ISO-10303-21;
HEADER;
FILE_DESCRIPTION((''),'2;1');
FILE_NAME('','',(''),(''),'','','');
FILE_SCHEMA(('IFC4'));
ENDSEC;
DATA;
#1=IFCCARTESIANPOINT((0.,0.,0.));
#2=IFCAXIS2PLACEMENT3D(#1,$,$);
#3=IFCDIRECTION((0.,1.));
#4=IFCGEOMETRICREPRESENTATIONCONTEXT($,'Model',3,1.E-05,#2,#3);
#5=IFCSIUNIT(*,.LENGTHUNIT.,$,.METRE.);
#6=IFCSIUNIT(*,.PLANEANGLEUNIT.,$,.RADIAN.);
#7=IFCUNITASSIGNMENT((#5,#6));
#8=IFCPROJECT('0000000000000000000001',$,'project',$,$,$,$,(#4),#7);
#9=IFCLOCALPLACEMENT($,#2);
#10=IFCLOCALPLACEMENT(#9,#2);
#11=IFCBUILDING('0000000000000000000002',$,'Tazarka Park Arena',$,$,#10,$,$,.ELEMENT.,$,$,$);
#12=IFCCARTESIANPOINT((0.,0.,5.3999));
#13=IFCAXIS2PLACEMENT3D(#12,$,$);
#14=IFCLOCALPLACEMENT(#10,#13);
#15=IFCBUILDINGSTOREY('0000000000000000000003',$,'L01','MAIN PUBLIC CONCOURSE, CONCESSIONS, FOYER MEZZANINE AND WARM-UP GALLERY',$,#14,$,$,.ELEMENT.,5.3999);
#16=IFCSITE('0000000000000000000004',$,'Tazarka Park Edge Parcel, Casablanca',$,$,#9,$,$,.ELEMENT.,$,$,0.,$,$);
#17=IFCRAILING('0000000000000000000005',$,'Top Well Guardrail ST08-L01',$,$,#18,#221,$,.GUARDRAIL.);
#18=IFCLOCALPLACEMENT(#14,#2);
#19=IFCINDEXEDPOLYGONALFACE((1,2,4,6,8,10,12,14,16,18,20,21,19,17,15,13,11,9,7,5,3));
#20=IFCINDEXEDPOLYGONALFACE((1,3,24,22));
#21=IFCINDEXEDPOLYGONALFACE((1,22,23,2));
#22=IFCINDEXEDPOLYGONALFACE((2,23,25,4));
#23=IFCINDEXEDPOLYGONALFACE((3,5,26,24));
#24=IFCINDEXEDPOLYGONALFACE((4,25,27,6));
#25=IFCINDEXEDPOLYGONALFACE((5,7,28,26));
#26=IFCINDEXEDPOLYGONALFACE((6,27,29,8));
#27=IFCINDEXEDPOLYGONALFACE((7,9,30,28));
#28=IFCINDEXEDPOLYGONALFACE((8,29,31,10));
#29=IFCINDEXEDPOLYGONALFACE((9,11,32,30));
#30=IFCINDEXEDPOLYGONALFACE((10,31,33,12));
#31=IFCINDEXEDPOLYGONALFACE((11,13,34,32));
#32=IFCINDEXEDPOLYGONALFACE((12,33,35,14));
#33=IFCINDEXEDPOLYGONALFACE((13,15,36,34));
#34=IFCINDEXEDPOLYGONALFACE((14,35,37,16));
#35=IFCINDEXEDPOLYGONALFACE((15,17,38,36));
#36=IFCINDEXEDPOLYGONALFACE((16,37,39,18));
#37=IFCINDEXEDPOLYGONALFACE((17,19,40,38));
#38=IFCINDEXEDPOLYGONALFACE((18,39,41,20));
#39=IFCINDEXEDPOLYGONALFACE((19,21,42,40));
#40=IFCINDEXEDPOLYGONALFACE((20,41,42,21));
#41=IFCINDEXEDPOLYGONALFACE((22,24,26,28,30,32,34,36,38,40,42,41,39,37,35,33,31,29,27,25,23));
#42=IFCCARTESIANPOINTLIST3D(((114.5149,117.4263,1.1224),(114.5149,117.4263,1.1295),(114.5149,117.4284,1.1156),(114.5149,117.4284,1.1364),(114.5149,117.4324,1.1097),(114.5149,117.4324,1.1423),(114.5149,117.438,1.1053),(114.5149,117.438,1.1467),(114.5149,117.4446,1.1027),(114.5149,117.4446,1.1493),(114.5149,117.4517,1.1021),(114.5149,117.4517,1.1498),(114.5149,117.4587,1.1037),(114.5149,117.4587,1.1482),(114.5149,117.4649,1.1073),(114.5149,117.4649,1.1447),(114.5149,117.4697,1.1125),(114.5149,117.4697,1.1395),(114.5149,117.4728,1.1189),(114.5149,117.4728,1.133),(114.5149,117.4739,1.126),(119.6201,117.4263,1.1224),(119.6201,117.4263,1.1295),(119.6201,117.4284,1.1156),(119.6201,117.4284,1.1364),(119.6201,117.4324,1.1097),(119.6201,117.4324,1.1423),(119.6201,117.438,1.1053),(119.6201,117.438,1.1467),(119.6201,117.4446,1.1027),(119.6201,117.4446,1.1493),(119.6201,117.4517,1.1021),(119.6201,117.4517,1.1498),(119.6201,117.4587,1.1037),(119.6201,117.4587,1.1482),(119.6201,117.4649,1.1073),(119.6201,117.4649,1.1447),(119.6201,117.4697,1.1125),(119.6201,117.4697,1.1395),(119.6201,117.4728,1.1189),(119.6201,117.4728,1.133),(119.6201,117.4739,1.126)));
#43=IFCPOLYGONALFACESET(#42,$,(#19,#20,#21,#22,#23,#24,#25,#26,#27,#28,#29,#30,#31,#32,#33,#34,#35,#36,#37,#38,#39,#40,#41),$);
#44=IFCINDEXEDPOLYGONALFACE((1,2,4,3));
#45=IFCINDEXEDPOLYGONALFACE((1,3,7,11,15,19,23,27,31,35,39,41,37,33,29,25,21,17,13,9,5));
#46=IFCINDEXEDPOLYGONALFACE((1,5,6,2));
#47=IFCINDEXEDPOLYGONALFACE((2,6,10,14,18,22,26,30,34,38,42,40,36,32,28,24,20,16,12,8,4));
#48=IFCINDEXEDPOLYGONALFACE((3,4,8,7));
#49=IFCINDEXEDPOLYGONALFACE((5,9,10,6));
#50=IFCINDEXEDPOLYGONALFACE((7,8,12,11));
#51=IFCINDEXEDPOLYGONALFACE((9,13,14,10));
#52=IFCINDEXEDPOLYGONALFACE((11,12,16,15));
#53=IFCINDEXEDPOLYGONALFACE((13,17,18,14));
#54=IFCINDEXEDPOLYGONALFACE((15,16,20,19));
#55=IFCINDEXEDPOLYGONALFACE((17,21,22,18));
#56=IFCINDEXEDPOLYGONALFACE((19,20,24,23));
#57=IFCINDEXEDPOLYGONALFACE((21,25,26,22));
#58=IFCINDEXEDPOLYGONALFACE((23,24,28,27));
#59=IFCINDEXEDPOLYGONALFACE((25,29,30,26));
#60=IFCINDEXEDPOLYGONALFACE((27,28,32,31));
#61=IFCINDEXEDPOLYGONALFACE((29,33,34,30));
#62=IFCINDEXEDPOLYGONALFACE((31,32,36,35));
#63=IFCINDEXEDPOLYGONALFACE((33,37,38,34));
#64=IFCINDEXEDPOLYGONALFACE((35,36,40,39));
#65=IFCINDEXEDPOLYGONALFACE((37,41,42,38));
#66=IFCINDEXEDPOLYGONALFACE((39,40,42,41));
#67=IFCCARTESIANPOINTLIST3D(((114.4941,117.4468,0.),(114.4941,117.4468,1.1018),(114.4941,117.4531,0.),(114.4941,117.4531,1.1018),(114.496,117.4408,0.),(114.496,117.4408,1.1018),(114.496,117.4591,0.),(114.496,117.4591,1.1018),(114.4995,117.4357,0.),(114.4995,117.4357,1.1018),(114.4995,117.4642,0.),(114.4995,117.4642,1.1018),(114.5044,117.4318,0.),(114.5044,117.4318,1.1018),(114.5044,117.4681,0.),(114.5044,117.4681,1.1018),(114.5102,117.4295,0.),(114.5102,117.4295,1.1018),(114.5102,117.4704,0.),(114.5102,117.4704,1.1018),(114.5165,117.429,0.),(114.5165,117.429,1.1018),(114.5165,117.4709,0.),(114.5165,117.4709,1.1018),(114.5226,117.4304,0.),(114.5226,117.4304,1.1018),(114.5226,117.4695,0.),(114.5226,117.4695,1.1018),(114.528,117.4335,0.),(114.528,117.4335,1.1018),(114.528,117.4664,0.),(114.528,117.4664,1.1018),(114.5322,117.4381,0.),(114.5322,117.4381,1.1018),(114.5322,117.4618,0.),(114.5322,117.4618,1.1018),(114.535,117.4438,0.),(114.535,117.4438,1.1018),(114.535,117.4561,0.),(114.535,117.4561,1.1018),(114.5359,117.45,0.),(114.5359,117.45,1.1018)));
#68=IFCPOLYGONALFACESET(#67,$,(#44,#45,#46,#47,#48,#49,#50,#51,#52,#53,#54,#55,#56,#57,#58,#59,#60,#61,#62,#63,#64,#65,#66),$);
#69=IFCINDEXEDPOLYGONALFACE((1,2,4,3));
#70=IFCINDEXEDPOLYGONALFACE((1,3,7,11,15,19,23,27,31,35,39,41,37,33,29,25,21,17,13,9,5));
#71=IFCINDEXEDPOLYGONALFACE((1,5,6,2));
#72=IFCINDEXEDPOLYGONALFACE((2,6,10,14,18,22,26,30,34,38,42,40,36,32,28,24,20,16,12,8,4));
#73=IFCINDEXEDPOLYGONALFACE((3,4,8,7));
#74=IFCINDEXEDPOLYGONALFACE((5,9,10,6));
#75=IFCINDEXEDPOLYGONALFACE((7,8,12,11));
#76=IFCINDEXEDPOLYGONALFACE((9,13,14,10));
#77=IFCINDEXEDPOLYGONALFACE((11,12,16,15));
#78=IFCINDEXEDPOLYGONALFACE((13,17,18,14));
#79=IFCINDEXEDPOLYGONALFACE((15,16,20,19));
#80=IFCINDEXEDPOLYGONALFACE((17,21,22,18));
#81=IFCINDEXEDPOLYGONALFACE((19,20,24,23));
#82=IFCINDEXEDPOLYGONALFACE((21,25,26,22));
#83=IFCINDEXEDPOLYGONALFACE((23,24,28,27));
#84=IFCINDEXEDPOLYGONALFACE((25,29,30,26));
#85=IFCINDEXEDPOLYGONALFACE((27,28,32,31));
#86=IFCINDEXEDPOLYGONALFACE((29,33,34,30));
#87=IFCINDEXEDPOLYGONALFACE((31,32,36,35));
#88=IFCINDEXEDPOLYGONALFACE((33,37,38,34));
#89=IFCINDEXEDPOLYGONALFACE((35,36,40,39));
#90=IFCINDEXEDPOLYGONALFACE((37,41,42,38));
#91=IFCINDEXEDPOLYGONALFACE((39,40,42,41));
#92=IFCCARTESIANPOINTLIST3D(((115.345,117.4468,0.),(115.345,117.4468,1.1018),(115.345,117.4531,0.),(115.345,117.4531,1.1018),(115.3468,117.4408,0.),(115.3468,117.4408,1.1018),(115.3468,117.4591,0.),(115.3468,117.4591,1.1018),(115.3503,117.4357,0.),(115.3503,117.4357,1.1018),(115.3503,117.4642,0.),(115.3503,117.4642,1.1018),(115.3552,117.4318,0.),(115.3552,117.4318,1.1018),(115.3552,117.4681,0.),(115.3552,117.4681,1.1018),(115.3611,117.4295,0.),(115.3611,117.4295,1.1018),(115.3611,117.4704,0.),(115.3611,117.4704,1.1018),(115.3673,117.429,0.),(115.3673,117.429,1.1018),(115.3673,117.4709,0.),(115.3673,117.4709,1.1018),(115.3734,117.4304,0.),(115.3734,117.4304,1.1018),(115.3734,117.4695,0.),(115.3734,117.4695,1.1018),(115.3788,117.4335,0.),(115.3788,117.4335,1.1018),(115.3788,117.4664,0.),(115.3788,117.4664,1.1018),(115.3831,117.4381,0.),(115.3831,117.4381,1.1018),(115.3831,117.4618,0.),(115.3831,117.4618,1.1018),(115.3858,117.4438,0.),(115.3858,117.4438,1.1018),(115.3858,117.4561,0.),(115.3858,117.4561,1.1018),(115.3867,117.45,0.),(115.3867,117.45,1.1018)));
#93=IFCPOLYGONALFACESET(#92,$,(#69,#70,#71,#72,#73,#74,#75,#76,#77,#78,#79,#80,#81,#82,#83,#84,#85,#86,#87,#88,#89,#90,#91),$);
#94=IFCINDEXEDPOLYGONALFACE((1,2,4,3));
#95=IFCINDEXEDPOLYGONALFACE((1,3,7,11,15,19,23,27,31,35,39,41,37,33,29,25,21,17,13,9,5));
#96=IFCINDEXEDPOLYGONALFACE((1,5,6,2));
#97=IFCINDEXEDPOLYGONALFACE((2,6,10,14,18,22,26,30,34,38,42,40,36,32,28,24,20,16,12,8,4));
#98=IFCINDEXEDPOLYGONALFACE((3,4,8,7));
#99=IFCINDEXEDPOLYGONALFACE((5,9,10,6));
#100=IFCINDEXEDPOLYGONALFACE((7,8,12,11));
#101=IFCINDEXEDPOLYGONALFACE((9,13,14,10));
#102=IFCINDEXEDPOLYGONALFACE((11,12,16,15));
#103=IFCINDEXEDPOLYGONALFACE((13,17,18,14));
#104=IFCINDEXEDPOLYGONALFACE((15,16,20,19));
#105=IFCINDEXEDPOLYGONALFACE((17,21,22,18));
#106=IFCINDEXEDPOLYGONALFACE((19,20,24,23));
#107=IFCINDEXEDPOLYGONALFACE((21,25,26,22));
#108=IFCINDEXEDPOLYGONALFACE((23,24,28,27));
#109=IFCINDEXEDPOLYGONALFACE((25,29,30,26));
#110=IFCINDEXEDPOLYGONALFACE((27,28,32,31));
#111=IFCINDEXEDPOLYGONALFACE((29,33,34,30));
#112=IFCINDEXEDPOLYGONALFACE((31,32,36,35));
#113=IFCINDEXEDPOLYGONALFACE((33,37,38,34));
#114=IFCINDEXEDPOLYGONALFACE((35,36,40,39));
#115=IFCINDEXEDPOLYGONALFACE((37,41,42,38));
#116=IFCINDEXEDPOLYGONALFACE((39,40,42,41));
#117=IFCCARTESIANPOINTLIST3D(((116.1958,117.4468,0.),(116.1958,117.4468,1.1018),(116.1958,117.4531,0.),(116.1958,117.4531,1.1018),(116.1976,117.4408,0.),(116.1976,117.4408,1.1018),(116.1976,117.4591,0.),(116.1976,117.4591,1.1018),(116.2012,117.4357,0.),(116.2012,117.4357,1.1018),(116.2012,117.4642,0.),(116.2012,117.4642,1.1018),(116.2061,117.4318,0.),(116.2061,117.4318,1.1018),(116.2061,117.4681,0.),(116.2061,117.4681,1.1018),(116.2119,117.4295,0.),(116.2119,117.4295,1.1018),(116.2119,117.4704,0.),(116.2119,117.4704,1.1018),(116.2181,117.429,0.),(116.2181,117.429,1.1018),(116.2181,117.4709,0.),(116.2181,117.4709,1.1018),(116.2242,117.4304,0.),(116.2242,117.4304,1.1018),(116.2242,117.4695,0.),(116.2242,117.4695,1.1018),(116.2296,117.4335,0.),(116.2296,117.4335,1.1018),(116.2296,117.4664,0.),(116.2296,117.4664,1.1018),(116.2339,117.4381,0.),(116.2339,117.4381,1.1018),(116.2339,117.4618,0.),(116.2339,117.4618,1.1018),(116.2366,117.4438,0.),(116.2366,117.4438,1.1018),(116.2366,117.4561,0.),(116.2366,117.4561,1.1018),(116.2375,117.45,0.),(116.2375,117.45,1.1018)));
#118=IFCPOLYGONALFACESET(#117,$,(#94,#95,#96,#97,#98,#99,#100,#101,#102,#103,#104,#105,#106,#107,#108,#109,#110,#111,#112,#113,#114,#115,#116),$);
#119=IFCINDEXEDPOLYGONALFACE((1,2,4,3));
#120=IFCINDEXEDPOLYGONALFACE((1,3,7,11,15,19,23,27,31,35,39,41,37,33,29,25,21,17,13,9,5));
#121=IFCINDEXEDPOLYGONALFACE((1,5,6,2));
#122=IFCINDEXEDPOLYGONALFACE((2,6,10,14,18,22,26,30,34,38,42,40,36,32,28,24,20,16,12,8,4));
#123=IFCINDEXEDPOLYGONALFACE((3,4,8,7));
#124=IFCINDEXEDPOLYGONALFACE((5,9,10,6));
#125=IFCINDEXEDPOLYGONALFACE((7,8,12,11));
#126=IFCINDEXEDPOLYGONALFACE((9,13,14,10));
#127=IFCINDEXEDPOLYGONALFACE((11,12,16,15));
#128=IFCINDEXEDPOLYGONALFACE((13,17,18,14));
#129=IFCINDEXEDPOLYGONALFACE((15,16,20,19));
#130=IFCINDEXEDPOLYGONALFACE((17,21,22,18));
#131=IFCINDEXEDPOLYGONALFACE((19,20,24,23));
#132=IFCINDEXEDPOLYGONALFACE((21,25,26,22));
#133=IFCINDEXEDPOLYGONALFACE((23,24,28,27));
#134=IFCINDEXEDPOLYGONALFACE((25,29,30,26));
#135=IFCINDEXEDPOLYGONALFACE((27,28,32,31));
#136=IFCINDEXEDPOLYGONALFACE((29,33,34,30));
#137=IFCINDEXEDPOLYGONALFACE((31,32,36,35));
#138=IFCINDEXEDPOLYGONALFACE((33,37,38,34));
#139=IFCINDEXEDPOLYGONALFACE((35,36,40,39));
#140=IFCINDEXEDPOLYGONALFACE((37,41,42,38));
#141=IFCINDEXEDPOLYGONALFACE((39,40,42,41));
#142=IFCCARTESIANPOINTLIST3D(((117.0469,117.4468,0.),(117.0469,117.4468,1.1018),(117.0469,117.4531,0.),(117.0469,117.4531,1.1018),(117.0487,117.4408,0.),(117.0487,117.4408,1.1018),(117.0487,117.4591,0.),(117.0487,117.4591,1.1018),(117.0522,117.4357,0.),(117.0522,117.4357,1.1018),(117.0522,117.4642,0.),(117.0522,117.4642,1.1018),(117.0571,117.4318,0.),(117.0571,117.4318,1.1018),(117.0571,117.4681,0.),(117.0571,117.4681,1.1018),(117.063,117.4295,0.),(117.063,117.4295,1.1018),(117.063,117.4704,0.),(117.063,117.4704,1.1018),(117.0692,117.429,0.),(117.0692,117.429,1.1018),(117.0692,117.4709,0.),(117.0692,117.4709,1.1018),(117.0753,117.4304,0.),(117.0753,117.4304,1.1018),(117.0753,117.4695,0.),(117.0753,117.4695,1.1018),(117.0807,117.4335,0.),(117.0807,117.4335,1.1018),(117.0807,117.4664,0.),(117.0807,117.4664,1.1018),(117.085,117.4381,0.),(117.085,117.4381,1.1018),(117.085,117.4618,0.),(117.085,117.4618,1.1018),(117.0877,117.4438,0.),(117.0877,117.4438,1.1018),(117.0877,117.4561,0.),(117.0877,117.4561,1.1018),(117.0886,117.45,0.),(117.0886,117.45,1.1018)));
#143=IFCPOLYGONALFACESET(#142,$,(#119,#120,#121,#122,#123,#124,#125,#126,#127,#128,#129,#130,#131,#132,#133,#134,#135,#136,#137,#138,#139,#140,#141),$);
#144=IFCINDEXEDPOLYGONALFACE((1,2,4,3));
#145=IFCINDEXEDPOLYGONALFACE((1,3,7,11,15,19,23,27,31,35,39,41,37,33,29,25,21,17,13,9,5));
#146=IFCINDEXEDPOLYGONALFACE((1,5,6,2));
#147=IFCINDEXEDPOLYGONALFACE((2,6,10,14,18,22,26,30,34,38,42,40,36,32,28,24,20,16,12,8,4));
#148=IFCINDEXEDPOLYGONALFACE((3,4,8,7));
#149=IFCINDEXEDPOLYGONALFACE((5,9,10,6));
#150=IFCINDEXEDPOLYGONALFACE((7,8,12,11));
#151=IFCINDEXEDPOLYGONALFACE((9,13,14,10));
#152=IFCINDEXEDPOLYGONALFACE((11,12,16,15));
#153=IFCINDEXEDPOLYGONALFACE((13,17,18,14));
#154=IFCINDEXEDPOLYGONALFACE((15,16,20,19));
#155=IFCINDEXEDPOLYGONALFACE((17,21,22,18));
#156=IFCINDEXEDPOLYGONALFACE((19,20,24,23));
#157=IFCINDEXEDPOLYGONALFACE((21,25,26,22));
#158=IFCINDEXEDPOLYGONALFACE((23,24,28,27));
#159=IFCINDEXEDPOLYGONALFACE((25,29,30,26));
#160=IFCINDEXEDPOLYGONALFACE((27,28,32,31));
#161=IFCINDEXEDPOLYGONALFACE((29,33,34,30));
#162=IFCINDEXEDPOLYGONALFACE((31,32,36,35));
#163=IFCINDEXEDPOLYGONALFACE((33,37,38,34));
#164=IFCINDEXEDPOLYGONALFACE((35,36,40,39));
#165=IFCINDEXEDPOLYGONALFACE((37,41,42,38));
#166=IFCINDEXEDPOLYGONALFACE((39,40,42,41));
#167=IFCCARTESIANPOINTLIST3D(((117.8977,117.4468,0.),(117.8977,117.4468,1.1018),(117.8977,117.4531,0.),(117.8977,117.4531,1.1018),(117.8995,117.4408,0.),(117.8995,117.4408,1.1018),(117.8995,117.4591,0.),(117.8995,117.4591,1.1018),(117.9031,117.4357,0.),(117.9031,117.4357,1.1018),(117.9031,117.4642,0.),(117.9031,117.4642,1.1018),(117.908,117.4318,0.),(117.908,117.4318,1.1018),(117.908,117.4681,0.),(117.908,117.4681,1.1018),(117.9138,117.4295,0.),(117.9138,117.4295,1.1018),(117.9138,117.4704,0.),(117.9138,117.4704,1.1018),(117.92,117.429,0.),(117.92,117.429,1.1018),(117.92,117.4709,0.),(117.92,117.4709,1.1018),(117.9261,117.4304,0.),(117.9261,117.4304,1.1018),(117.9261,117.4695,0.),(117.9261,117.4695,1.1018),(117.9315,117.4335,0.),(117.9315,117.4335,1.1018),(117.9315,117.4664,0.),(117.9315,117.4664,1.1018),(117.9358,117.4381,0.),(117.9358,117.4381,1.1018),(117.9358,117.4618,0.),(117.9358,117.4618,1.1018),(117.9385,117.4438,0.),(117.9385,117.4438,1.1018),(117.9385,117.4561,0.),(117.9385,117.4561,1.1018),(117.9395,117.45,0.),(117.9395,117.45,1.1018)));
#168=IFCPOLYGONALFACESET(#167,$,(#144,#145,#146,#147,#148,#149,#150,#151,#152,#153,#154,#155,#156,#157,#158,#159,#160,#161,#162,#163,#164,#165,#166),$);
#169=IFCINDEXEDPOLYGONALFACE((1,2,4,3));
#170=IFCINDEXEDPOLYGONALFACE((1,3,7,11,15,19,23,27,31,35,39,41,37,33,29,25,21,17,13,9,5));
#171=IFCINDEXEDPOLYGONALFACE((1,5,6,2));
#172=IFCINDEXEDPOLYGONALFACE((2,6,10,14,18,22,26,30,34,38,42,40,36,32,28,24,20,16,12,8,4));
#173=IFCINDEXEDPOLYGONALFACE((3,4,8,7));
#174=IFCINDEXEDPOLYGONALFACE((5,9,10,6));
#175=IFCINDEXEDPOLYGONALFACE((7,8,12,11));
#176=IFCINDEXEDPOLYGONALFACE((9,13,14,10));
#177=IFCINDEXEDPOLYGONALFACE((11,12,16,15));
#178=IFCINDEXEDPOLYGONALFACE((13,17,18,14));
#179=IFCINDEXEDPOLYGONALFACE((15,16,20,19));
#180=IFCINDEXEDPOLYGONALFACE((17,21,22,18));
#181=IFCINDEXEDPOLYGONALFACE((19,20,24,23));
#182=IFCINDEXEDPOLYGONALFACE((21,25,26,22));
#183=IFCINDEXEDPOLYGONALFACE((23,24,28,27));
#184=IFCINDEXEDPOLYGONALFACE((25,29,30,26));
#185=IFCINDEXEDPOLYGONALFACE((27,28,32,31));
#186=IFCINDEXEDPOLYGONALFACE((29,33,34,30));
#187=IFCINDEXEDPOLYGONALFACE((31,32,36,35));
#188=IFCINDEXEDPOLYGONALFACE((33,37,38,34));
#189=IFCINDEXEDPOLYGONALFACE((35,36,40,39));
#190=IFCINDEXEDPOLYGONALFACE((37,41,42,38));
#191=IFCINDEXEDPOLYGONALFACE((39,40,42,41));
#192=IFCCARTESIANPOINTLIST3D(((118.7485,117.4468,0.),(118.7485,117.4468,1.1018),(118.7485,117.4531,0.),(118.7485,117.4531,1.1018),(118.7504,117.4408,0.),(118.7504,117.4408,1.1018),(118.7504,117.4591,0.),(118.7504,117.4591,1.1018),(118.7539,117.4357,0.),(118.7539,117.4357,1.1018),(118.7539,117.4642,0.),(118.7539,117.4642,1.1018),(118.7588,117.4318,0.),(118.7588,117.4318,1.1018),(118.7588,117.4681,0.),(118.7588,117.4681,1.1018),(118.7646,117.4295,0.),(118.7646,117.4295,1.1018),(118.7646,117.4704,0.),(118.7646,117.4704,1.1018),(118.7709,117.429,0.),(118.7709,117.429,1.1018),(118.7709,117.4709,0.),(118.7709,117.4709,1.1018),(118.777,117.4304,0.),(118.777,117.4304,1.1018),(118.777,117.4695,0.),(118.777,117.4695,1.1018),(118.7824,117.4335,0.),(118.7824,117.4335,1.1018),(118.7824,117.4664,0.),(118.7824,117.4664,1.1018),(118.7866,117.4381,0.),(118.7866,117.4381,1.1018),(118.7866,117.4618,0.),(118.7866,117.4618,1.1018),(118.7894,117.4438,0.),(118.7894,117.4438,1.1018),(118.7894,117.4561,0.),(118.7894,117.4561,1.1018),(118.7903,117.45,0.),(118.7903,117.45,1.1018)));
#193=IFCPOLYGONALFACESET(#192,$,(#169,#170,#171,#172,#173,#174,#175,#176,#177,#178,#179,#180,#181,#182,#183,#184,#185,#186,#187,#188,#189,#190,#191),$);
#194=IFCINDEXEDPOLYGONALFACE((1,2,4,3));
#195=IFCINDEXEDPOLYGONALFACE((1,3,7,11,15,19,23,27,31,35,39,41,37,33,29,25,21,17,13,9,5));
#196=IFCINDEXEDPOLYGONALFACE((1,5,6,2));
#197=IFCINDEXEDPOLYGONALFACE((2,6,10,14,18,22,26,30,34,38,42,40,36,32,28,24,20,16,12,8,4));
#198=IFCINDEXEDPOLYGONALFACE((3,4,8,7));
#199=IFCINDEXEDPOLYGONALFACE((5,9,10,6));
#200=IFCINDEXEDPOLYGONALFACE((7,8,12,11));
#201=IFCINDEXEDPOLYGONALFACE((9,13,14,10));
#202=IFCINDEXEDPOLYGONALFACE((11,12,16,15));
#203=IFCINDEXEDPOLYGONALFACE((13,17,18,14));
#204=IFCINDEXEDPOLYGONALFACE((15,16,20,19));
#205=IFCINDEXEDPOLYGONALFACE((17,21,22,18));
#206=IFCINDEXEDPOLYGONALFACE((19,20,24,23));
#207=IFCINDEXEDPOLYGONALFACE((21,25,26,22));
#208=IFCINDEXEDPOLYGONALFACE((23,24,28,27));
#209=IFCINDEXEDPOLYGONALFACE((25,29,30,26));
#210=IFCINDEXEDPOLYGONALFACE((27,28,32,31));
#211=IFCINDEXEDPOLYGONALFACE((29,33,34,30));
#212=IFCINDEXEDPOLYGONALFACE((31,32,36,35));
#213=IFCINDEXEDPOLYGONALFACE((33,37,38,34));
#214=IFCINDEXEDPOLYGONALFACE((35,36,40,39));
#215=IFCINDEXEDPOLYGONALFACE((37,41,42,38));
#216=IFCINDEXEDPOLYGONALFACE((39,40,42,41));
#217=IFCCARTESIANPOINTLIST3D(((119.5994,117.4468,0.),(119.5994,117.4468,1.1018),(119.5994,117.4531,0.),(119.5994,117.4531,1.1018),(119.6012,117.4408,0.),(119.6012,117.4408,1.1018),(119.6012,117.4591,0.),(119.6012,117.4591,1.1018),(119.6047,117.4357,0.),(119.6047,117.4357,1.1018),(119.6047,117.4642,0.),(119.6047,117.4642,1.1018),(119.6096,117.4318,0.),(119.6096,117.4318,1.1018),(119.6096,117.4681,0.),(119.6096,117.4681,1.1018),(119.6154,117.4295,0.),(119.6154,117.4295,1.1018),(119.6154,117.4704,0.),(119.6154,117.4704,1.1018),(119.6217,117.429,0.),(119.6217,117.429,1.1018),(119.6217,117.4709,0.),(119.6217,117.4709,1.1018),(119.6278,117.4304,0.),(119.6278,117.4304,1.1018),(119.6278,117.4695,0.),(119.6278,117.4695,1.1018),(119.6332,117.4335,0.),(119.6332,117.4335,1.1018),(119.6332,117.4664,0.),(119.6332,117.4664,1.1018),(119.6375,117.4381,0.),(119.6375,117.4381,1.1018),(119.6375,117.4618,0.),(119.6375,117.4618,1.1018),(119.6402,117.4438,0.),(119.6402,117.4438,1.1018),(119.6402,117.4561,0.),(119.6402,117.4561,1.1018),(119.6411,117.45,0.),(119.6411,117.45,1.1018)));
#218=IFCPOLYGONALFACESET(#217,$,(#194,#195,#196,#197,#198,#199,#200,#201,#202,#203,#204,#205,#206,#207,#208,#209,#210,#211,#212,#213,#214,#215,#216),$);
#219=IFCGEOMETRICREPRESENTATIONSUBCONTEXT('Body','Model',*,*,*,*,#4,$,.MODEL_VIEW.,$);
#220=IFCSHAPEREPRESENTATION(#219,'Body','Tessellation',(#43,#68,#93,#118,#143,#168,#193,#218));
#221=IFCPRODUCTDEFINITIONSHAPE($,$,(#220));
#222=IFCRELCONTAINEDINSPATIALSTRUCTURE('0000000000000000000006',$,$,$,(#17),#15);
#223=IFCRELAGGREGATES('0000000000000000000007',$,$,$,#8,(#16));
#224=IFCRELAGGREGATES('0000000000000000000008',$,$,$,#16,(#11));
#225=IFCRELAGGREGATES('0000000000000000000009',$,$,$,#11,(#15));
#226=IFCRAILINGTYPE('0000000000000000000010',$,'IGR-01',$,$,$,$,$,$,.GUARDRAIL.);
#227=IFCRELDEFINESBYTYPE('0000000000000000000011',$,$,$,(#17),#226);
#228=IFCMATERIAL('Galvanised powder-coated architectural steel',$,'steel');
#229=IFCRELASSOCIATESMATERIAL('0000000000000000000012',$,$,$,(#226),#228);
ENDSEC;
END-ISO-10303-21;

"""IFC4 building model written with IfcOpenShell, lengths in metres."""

from ifc_helpers import new_model, si_unit, direction, frame, origin, origin_2d, place, context, subcontext, project, spatial, circle, extrude, material, type_object, element, save


model = new_model("IFC4")

# Units and contexts
model_context = context("Model", 3, precision=1e-05, world=origin(), true_north=direction((0.0, 1.0)))
body_context = subcontext(model_context, "Body", "Model", "MODEL_VIEW")
ifc_project = project(units=[si_unit("LENGTHUNIT", "METRE"), si_unit("PLANEANGLEUNIT", "RADIAN")], contexts=[model_context])

# Site, building, storey
site_placement = place(None, origin())
site = spatial("IfcSite", under=ifc_project, at=site_placement, Name="Tazarka Park Edge Parcel, Casablanca", CompositionType="ELEMENT", RefElevation=0.0)
building_placement = place(site_placement, origin())
building = spatial("IfcBuilding", under=site, at=building_placement, Name="Tazarka Park Arena", CompositionType="ELEMENT")
storey_placement = place(building_placement, frame((0.0, 0.0, 5.3999)))
storey = spatial("IfcBuildingStorey", under=building, at=storey_placement, Name="L01", Description="MAIN PUBLIC CONCOURSE, CONCESSIONS, FOYER MEZZANINE AND WARM-UP GALLERY", CompositionType="ELEMENT", Elevation=5.3999)

# Railing
ifc_material_1 = material(Name="Galvanised powder-coated architectural steel", Category="steel")
railing_type = type_object("IfcRailingType", Name="IGR-01", PredefinedType="GUARDRAIL", material=ifc_material_1)
railing_placement = place(storey_placement, frame((114.5149, 117.45, 0.0)))
element("IfcRailing", 1, at=railing_placement, inside=storey, type_object=railing_type, Name="Top Well Guardrail ST08-L01", PredefinedType="GUARDRAIL", context=body_context, shape_type="SweptSolid", body=[
    extrude(circle(Radius=0.0239, at=origin_2d()), frame((0.0, 0.0, 1.126), z_axis=(1.0, 0.0, 0.0), x_axis=(0.0, 1.0, 0.0)), (0.0, 0.0, 1.0), 5.1052),
    extrude(circle(Radius=0.021, at=origin_2d()), origin(), (0.0, 0.0, 1.0), 1.1018),
    extrude(circle(Radius=0.021, at=origin_2d()), frame((0.8508, 0.0, 0.0)), (0.0, 0.0, 1.0), 1.1018),
    extrude(circle(Radius=0.021, at=origin_2d()), frame((1.7017, 0.0, 0.0)), (0.0, 0.0, 1.0), 1.1018),
    extrude(circle(Radius=0.021, at=origin_2d()), frame((2.5527, 0.0, 0.0)), (0.0, 0.0, 1.0), 1.1018),
    extrude(circle(Radius=0.021, at=origin_2d()), frame((3.4036, 0.0, 0.0)), (0.0, 0.0, 1.0), 1.1018),
    extrude(circle(Radius=0.021, at=origin_2d()), frame((4.2544, 0.0, 0.0)), (0.0, 0.0, 1.0), 1.1018),
    extrude(circle(Radius=0.021, at=origin_2d()), frame((5.1052, 0.0, 0.0)), (0.0, 0.0, 1.0), 1.1018),
])

save(model, "model.ifc")
